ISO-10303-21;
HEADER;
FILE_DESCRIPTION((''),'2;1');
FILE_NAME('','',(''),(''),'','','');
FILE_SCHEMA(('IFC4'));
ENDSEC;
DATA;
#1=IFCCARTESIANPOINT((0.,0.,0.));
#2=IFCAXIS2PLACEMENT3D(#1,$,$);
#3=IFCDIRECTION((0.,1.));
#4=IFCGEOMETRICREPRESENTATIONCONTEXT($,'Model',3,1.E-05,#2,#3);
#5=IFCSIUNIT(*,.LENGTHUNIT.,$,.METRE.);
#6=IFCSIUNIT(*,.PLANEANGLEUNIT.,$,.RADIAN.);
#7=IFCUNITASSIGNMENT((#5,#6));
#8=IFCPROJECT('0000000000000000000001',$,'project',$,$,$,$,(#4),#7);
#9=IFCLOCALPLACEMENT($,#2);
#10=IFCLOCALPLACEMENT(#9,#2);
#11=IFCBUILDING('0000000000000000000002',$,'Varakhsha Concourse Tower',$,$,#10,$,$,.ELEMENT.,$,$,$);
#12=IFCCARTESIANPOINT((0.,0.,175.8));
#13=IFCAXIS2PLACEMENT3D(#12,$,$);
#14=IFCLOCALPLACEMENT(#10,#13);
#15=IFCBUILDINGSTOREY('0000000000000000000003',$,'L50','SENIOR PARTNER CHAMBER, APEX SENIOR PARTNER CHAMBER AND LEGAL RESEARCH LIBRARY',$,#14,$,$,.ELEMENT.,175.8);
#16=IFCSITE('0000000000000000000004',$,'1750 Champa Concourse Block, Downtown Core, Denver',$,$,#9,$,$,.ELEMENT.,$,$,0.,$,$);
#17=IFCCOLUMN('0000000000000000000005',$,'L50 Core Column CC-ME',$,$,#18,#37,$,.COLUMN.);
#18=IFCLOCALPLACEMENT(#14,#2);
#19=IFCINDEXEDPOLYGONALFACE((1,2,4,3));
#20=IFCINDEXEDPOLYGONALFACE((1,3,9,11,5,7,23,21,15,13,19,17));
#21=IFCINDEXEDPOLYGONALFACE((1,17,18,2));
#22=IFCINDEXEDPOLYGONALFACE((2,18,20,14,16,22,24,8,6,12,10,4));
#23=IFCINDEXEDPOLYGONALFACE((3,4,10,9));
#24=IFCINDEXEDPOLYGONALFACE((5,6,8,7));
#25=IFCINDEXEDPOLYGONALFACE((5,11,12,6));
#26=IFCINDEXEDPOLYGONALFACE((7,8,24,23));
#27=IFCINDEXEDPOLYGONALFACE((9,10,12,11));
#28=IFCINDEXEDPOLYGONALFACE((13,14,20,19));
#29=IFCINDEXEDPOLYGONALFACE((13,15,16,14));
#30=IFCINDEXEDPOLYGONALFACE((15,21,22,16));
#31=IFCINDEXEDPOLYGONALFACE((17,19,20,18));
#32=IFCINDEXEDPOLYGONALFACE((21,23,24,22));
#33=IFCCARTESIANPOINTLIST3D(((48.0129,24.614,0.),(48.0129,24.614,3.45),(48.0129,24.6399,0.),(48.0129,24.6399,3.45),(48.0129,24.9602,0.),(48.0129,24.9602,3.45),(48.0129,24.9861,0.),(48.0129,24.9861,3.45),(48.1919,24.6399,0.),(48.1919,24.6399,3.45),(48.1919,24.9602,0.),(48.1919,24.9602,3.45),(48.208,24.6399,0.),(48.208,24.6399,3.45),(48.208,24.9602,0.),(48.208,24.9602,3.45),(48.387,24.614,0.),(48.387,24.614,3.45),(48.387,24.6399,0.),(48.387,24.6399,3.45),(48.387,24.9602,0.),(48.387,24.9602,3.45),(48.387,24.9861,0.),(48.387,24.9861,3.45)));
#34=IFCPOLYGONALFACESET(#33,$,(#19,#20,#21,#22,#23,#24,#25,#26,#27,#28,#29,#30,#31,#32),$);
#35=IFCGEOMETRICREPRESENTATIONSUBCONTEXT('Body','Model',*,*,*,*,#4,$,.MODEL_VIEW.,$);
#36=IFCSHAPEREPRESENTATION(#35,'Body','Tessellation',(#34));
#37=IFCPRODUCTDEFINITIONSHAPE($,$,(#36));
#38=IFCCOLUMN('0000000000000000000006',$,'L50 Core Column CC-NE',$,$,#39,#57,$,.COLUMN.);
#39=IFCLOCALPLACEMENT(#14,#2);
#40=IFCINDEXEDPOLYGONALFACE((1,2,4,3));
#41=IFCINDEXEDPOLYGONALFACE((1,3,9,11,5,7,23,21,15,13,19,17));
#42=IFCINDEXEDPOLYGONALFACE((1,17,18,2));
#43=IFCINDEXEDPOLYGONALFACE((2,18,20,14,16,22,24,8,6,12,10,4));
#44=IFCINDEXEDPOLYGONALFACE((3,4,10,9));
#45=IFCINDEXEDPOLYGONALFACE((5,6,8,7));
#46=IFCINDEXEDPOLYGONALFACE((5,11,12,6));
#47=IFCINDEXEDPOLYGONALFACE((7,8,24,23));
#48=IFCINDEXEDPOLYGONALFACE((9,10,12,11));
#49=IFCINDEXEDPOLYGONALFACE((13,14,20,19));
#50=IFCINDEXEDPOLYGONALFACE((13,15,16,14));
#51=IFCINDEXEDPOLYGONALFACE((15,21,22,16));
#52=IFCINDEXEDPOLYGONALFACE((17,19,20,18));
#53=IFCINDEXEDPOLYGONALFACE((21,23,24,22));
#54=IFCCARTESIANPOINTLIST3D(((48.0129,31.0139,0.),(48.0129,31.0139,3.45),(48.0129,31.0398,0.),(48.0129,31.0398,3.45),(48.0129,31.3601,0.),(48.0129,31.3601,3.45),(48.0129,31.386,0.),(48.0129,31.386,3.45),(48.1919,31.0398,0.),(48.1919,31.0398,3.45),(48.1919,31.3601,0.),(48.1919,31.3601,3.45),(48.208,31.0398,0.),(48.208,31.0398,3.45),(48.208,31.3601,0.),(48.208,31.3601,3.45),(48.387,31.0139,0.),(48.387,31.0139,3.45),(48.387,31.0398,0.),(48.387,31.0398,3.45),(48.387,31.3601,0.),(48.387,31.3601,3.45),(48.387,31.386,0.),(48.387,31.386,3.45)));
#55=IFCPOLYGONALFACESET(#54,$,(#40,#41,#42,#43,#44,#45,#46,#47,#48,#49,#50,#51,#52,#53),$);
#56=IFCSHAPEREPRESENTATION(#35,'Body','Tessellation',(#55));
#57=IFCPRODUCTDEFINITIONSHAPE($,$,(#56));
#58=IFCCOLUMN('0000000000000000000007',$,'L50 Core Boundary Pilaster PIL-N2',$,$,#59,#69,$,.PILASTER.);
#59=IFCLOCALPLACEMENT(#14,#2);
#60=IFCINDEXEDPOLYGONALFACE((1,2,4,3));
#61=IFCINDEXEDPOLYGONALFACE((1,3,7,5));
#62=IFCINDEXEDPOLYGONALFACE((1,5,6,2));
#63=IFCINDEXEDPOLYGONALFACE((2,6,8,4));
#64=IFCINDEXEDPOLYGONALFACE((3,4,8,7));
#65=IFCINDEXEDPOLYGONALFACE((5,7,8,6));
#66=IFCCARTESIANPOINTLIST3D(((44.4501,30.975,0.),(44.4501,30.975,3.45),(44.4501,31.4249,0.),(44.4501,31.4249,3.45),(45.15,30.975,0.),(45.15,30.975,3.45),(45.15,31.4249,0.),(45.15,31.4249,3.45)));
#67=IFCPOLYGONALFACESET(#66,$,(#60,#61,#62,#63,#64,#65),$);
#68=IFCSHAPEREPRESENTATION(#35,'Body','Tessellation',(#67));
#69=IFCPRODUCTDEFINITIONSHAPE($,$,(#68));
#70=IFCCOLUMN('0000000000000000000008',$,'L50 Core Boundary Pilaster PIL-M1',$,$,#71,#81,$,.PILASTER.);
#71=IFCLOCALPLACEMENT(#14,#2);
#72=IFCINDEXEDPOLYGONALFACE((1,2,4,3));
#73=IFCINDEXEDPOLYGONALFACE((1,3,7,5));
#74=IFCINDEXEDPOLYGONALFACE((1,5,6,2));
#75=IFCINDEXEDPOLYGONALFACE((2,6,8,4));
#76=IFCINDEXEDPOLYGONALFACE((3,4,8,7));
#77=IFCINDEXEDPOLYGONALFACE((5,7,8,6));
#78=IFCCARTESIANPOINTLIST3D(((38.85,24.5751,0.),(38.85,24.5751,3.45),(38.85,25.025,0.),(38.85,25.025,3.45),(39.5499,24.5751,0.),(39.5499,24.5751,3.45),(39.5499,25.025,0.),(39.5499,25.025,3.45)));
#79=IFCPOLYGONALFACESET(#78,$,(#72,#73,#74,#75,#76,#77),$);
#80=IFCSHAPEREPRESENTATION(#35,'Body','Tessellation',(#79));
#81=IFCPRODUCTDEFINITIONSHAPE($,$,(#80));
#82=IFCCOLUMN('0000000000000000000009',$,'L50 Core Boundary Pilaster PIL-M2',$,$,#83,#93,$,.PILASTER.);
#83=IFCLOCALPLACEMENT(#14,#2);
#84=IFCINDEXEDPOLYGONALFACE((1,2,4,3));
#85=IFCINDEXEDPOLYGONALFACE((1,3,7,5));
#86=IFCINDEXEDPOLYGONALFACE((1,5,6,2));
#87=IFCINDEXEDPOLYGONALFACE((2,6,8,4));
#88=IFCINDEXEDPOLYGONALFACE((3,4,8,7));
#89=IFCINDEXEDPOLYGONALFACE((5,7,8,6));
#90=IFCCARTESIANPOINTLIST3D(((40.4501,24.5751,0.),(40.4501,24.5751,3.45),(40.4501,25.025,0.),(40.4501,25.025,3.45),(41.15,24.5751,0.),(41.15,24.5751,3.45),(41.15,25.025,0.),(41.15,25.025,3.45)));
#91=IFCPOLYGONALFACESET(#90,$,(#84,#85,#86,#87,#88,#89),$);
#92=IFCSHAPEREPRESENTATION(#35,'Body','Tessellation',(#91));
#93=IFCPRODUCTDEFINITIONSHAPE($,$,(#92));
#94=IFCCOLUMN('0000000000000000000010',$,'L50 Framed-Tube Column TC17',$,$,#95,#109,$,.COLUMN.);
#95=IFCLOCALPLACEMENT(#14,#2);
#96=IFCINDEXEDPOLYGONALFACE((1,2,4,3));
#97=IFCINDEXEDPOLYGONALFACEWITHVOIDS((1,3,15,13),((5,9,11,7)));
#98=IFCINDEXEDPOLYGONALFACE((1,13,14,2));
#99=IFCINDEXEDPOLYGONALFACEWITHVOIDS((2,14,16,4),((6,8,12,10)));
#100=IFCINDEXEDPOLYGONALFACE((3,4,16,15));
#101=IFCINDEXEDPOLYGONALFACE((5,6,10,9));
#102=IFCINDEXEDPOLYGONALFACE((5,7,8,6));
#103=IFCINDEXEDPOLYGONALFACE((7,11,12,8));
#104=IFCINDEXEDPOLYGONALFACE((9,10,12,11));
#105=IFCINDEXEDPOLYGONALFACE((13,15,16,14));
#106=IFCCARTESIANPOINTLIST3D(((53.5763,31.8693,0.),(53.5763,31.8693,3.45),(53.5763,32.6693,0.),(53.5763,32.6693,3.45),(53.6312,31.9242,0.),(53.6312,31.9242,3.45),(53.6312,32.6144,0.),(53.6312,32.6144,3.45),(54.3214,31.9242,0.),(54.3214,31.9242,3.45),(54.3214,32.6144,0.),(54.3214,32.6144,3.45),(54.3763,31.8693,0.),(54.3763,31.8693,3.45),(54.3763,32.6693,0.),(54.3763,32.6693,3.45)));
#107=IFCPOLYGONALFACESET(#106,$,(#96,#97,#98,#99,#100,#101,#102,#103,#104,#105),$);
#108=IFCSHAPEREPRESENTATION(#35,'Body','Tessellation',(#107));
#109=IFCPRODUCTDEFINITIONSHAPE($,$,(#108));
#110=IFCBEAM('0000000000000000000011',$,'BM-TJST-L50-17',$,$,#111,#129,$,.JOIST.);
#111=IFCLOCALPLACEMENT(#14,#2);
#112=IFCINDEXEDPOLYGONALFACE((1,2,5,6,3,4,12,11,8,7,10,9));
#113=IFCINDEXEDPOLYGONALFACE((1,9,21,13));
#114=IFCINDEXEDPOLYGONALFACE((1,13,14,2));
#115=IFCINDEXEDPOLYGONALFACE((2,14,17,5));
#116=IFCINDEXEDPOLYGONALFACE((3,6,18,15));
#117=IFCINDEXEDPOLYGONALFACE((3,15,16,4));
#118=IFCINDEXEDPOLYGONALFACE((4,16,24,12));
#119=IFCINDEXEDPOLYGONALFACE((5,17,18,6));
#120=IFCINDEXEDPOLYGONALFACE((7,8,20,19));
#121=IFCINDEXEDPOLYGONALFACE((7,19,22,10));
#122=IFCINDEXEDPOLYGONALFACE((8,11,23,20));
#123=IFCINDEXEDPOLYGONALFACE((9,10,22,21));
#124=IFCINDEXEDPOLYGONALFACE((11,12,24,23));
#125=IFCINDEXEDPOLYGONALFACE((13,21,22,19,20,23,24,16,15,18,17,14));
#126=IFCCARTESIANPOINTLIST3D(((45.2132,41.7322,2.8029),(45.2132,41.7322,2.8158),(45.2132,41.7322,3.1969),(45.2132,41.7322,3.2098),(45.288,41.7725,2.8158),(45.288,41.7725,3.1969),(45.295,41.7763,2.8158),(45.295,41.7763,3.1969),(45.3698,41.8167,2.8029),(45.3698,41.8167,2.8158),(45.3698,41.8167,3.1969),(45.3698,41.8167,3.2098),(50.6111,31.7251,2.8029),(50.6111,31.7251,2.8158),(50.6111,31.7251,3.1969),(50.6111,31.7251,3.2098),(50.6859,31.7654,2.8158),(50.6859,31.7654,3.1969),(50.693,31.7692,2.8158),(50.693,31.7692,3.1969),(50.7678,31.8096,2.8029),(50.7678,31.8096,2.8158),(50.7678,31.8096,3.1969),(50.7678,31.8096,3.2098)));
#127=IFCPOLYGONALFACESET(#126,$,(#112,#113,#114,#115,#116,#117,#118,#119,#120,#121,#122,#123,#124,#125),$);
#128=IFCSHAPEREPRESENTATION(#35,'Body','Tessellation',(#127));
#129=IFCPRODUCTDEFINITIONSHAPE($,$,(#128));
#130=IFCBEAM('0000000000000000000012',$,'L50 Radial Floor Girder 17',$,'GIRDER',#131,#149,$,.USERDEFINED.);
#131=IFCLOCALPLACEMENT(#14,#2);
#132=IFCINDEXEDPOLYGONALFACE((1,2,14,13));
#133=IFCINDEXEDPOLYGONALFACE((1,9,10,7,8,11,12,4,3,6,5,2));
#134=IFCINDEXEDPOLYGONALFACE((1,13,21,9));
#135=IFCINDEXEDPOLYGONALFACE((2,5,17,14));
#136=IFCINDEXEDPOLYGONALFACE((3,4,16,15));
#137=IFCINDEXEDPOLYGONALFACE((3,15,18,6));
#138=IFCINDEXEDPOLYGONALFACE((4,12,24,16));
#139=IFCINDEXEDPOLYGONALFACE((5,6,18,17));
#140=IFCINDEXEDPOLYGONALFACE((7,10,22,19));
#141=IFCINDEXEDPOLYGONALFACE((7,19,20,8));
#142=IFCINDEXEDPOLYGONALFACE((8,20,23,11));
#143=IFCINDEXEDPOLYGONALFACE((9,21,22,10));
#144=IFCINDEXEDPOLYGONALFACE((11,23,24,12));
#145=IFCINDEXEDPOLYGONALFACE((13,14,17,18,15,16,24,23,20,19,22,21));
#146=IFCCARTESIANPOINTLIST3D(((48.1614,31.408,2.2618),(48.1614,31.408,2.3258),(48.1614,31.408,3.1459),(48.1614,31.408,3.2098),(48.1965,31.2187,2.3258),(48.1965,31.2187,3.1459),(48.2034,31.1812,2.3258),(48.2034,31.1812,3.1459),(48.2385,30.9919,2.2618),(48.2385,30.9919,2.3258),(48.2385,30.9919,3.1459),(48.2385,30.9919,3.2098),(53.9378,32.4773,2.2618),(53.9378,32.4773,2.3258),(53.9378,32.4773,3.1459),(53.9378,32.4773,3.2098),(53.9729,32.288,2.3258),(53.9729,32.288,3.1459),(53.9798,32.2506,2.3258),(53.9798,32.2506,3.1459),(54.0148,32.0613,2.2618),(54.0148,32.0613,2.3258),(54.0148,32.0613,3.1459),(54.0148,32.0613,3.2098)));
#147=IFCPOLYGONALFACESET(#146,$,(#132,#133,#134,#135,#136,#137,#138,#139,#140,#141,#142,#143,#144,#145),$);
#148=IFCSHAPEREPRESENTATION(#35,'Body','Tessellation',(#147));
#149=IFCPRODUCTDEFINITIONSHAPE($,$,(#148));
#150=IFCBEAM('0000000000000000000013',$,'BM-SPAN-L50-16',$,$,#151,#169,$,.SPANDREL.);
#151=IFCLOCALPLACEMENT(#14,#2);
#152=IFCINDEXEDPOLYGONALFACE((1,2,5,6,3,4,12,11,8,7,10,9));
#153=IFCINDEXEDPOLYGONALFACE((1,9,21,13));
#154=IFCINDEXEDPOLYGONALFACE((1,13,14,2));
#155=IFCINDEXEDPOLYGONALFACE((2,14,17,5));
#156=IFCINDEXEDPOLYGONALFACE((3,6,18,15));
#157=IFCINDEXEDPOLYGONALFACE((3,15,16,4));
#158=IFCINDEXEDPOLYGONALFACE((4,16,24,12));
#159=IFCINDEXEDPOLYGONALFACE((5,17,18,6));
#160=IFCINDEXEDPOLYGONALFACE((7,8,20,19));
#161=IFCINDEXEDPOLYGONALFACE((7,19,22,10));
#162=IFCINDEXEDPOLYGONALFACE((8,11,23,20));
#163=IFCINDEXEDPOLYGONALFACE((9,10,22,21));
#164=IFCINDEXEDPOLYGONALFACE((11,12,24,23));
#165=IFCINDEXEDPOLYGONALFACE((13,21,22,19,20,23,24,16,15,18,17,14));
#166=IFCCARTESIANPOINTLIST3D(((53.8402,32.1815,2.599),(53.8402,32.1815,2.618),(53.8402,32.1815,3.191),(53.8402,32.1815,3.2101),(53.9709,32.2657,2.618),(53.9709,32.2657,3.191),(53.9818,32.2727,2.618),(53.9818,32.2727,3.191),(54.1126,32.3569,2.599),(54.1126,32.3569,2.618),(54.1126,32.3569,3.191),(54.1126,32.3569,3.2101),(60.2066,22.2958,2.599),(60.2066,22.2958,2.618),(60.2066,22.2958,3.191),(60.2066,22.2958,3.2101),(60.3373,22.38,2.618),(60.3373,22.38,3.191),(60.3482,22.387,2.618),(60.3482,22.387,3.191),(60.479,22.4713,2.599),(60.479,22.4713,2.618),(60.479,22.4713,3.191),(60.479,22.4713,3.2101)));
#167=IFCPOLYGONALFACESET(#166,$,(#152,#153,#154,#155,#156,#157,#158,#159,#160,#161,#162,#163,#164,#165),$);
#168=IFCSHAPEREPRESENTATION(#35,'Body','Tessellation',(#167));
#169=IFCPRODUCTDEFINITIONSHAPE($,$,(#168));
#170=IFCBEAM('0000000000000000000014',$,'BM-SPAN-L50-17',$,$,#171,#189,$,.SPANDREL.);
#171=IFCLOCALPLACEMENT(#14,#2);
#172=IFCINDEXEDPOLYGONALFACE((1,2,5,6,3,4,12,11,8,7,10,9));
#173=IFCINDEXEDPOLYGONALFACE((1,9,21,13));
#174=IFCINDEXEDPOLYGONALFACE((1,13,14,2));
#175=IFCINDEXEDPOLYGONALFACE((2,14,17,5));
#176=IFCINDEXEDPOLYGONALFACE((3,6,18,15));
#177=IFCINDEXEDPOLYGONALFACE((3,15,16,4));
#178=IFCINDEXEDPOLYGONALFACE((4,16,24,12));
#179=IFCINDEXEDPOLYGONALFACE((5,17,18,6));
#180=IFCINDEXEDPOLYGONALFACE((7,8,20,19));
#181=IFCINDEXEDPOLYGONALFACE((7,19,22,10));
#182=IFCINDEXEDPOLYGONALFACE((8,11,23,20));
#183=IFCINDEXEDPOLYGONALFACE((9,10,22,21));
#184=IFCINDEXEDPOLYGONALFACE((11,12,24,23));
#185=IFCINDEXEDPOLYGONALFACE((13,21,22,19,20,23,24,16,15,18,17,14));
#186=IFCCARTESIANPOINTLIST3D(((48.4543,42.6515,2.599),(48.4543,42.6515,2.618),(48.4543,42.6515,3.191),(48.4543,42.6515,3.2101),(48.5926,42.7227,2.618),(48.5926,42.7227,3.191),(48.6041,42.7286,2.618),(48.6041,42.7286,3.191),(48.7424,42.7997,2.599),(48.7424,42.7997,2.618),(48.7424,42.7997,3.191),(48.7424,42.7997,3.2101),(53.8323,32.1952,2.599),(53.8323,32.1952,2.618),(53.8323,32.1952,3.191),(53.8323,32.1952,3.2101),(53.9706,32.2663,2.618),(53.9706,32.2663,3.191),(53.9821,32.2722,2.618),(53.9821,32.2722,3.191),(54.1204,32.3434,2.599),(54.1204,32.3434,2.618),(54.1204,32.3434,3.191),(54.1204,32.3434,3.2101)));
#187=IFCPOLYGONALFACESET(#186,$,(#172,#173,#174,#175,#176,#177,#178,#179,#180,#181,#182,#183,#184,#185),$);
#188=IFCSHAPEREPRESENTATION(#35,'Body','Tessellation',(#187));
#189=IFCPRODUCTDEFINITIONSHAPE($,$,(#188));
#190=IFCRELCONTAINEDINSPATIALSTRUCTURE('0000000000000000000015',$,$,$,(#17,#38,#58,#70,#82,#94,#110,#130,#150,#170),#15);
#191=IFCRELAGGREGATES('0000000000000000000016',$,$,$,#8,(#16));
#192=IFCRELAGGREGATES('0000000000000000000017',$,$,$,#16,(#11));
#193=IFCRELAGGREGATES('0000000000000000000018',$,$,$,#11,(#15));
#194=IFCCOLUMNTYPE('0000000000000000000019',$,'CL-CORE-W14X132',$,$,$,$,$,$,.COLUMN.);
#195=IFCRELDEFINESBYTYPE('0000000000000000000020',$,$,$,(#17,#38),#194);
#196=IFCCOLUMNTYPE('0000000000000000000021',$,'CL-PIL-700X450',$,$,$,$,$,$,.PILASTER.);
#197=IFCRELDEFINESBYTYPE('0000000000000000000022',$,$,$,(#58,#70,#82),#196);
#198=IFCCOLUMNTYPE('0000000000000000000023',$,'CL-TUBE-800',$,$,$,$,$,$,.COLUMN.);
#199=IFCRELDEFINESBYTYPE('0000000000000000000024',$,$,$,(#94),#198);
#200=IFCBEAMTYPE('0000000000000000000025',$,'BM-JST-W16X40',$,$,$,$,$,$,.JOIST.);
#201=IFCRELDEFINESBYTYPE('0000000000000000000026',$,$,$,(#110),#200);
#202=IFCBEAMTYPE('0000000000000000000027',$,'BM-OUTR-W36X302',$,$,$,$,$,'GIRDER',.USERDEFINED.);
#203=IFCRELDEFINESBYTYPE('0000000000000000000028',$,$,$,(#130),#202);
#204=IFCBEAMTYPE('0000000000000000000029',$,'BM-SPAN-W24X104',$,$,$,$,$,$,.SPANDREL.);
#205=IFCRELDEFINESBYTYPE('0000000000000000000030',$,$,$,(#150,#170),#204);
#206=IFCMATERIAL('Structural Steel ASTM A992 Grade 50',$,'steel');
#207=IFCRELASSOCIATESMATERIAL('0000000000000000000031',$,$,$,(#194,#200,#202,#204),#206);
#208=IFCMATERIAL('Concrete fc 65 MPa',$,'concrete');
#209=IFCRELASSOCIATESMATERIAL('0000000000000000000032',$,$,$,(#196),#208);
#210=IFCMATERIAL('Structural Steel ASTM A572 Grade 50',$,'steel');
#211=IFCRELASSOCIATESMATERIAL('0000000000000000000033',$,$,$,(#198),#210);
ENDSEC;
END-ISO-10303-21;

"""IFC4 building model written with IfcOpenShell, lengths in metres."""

from ifc_helpers import new_model, si_unit, direction, frame, origin, origin_2d, place, context, subcontext, project, spatial, rectangle, hollow_rectangle, i_section, extrude, material, material_profile, profile_set, type_object, element, save


model = new_model("IFC4")

# Units and contexts
model_context = context("Model", 3, precision=1e-05, world=origin(), true_north=direction((0.0, 1.0)))
body_context = subcontext(model_context, "Body", "Model", "MODEL_VIEW")
ifc_project = project(units=[si_unit("LENGTHUNIT", "METRE"), si_unit("PLANEANGLEUNIT", "RADIAN")], contexts=[model_context])

# Site, building, storey
site_placement = place(None, origin())
site = spatial("IfcSite", under=ifc_project, at=site_placement, Name="1750 Champa Concourse Block, Downtown Core, Denver", CompositionType="ELEMENT", RefElevation=0.0)
building_placement = place(site_placement, origin())
building = spatial("IfcBuilding", under=site, at=building_placement, Name="Varakhsha Concourse Tower", CompositionType="ELEMENT")
storey_placement = place(building_placement, frame((0.0, 0.0, 175.8)))
storey = spatial("IfcBuildingStorey", under=building, at=storey_placement, Name="L50", Description="SENIOR PARTNER CHAMBER, APEX SENIOR PARTNER CHAMBER AND LEGAL RESEARCH LIBRARY", CompositionType="ELEMENT", Elevation=175.8)

# Columns
ifc_material_1 = material(Name="Structural Steel ASTM A992 Grade 50", Category="steel")
ifc_material_profile_1 = material_profile(ifc_material_1, i_section(OverallWidth=0.374, OverallDepth=0.3721, WebThickness=0.0161, FlangeThickness=0.0259, at=origin_2d()), Name="W14X132")
ifc_profile_set_1 = profile_set([ifc_material_profile_1], Name="Structural Steel ASTM A992 Grade 50")
column_type_1 = type_object("IfcColumnType", Name="CL-CORE-W14X132", PredefinedType="COLUMN", material=ifc_profile_set_1)
for number, where, z_axis, x_axis, name in (
    (1, (48.2, 24.8, 0.0), (0.0, 0.0, 1.0), (1.0, 0.0, 0.0), "L50 Core Column CC-ME"),
    (2, (48.2, 31.2, 0.0), (0.0, 0.0, 1.0), (1.0, 0.0, 0.0), "L50 Core Column CC-NE"),
):
    element("IfcColumn", number, at=place(storey_placement, frame(where, z_axis=z_axis, x_axis=x_axis)), inside=storey, type_object=column_type_1, Name=name, PredefinedType="COLUMN", context=body_context, shape_type="SweptSolid", body=[
        extrude(i_section(OverallWidth=0.374, OverallDepth=0.3721, WebThickness=0.0161, FlangeThickness=0.0259, at=origin_2d()), origin(), (0.0, 0.0, 1.0), 3.45),
    ])
ifc_material_2 = material(Name="Concrete fc 65 MPa", Category="concrete")
ifc_material_profile_2 = material_profile(ifc_material_2, rectangle(XDim=0.7, YDim=0.45, at=origin_2d()), Name="RC 700x450")
ifc_profile_set_2 = profile_set([ifc_material_profile_2], Name="Concrete fc 65 MPa")
column_type_2 = type_object("IfcColumnType", Name="CL-PIL-700X450", PredefinedType="PILASTER", material=ifc_profile_set_2)
for number, where, z_axis, x_axis, name in (
    (3, (44.8, 31.2, 0.0), (0.0, 0.0, 1.0), (1.0, 0.0, 0.0), "L50 Core Boundary Pilaster PIL-N2"),
    (4, (39.2, 24.8, 0.0), (0.0, 0.0, 1.0), (1.0, 0.0, 0.0), "L50 Core Boundary Pilaster PIL-M1"),
    (5, (40.8, 24.8, 0.0), (0.0, 0.0, 1.0), (1.0, 0.0, 0.0), "L50 Core Boundary Pilaster PIL-M2"),
):
    element("IfcColumn", number, at=place(storey_placement, frame(where, z_axis=z_axis, x_axis=x_axis)), inside=storey, type_object=column_type_2, Name=name, PredefinedType="PILASTER", context=body_context, shape_type="SweptSolid", body=[
        extrude(rectangle(XDim=0.7, YDim=0.45, at=origin_2d()), origin(), (0.0, 0.0, 1.0), 3.45),
    ])
ifc_material_3 = material(Name="Structural Steel ASTM A572 Grade 50", Category="steel")
ifc_material_profile_3 = material_profile(ifc_material_3, hollow_rectangle(XDim=0.8, YDim=0.8, WallThickness=0.0549, at=origin_2d()), Name="BOX 800x800x55")
ifc_profile_set_3 = profile_set([ifc_material_profile_3], Name="Structural Steel ASTM A572 Grade 50")
column_type_3 = type_object("IfcColumnType", Name="CL-TUBE-800", PredefinedType="COLUMN", material=ifc_profile_set_3)
column_placement = place(storey_placement, frame((53.9763, 32.2693, 0.0), z_axis=(0.0, 0.0, 1.0), x_axis=(1.0, 0.0, 0.0)))
element("IfcColumn", 6, at=column_placement, inside=storey, type_object=column_type_3, Name="L50 Framed-Tube Column TC17", PredefinedType="COLUMN", context=body_context, shape_type="SweptSolid", body=[
    extrude(hollow_rectangle(XDim=0.8, YDim=0.8, WallThickness=0.0549, at=origin_2d()), origin(), (0.0, 0.0, 1.0), 3.45),
])

# Beams
ifc_material_profile_4 = material_profile(ifc_material_1, i_section(OverallWidth=0.178, OverallDepth=0.407, WebThickness=0.0081, FlangeThickness=0.0129, at=origin_2d()), Name="W16X40")
ifc_profile_set_4 = profile_set([ifc_material_profile_4], Name="Structural Steel ASTM A992 Grade 50")
beam_type_1 = type_object("IfcBeamType", Name="BM-JST-W16X40", PredefinedType="JOIST", material=ifc_profile_set_4)
beam_1_placement = place(storey_placement, frame((50.6895, 31.7673, 3.0063), z_axis=(-0.474749, 0.880121, 0.0), x_axis=(-0.880121, -0.474749, 0.0)))
element("IfcBeam", 7, at=beam_1_placement, inside=storey, type_object=beam_type_1, Name="BM-TJST-L50-17", PredefinedType="JOIST", context=body_context, shape_type="SweptSolid", body=[
    extrude(i_section(OverallWidth=0.178, OverallDepth=0.407, WebThickness=0.0081, FlangeThickness=0.0129, at=origin_2d()), origin(), (0.0, 0.0, 1.0), 11.3701),
])
ifc_material_profile_5 = material_profile(ifc_material_1, i_section(OverallWidth=0.4231, OverallDepth=0.948, WebThickness=0.0381, FlangeThickness=0.064, at=origin_2d()), Name="W36X302")
ifc_profile_set_5 = profile_set([ifc_material_profile_5], Name="Structural Steel ASTM A992 Grade 50")
beam_type_2 = type_object("IfcBeamType", Name="BM-OUTR-W36X302", ElementType="GIRDER", PredefinedType="USERDEFINED", material=ifc_profile_set_5)
beam_2_placement = place(storey_placement, frame((48.2, 31.2, 2.7358), z_axis=(0.983293, 0.18203, 0.0), x_axis=(-0.18203, 0.983293, 0.0)))
element("IfcBeam", 8, at=beam_2_placement, inside=storey, type_object=beam_type_2, Name="L50 Radial Floor Girder 17", ObjectType="GIRDER", PredefinedType="USERDEFINED", context=body_context, shape_type="SweptSolid", body=[
    extrude(i_section(OverallWidth=0.4231, OverallDepth=0.948, WebThickness=0.0381, FlangeThickness=0.064, at=origin_2d()), origin(), (0.0, 0.0, 1.0), 5.8745),
])
ifc_material_profile_6 = material_profile(ifc_material_1, i_section(OverallWidth=0.324, OverallDepth=0.6111, WebThickness=0.0129, FlangeThickness=0.019, at=origin_2d()), Name="W24X104")
ifc_profile_set_6 = profile_set([ifc_material_profile_6], Name="Structural Steel ASTM A992 Grade 50")
beam_type_3 = type_object("IfcBeamType", Name="BM-SPAN-W24X104", PredefinedType="SPANDREL", material=ifc_profile_set_6)
for number, where, z_axis, x_axis, name in (
    (9, (60.3428, 22.3835, 2.9045), (-0.54144, 0.84074, 0.0), (-0.84074, -0.54144, 0.0), "BM-SPAN-L50-16"),
    (10, (53.9763, 32.2693, 2.9045), (-0.457375, 0.889274, 0.0), (-0.889274, -0.457375, 0.0), "BM-SPAN-L50-17"),
):
    element("IfcBeam", number, at=place(storey_placement, frame(where, z_axis=z_axis, x_axis=x_axis)), inside=storey, type_object=beam_type_3, Name=name, PredefinedType="SPANDREL", context=body_context, shape_type="SweptSolid", body=[
        extrude(i_section(OverallWidth=0.324, OverallDepth=0.6111, WebThickness=0.0129, FlangeThickness=0.019, at=origin_2d()), origin(), (0.0, 0.0, 1.0), 11.7583),
    ])

save(model, "model.ifc")
